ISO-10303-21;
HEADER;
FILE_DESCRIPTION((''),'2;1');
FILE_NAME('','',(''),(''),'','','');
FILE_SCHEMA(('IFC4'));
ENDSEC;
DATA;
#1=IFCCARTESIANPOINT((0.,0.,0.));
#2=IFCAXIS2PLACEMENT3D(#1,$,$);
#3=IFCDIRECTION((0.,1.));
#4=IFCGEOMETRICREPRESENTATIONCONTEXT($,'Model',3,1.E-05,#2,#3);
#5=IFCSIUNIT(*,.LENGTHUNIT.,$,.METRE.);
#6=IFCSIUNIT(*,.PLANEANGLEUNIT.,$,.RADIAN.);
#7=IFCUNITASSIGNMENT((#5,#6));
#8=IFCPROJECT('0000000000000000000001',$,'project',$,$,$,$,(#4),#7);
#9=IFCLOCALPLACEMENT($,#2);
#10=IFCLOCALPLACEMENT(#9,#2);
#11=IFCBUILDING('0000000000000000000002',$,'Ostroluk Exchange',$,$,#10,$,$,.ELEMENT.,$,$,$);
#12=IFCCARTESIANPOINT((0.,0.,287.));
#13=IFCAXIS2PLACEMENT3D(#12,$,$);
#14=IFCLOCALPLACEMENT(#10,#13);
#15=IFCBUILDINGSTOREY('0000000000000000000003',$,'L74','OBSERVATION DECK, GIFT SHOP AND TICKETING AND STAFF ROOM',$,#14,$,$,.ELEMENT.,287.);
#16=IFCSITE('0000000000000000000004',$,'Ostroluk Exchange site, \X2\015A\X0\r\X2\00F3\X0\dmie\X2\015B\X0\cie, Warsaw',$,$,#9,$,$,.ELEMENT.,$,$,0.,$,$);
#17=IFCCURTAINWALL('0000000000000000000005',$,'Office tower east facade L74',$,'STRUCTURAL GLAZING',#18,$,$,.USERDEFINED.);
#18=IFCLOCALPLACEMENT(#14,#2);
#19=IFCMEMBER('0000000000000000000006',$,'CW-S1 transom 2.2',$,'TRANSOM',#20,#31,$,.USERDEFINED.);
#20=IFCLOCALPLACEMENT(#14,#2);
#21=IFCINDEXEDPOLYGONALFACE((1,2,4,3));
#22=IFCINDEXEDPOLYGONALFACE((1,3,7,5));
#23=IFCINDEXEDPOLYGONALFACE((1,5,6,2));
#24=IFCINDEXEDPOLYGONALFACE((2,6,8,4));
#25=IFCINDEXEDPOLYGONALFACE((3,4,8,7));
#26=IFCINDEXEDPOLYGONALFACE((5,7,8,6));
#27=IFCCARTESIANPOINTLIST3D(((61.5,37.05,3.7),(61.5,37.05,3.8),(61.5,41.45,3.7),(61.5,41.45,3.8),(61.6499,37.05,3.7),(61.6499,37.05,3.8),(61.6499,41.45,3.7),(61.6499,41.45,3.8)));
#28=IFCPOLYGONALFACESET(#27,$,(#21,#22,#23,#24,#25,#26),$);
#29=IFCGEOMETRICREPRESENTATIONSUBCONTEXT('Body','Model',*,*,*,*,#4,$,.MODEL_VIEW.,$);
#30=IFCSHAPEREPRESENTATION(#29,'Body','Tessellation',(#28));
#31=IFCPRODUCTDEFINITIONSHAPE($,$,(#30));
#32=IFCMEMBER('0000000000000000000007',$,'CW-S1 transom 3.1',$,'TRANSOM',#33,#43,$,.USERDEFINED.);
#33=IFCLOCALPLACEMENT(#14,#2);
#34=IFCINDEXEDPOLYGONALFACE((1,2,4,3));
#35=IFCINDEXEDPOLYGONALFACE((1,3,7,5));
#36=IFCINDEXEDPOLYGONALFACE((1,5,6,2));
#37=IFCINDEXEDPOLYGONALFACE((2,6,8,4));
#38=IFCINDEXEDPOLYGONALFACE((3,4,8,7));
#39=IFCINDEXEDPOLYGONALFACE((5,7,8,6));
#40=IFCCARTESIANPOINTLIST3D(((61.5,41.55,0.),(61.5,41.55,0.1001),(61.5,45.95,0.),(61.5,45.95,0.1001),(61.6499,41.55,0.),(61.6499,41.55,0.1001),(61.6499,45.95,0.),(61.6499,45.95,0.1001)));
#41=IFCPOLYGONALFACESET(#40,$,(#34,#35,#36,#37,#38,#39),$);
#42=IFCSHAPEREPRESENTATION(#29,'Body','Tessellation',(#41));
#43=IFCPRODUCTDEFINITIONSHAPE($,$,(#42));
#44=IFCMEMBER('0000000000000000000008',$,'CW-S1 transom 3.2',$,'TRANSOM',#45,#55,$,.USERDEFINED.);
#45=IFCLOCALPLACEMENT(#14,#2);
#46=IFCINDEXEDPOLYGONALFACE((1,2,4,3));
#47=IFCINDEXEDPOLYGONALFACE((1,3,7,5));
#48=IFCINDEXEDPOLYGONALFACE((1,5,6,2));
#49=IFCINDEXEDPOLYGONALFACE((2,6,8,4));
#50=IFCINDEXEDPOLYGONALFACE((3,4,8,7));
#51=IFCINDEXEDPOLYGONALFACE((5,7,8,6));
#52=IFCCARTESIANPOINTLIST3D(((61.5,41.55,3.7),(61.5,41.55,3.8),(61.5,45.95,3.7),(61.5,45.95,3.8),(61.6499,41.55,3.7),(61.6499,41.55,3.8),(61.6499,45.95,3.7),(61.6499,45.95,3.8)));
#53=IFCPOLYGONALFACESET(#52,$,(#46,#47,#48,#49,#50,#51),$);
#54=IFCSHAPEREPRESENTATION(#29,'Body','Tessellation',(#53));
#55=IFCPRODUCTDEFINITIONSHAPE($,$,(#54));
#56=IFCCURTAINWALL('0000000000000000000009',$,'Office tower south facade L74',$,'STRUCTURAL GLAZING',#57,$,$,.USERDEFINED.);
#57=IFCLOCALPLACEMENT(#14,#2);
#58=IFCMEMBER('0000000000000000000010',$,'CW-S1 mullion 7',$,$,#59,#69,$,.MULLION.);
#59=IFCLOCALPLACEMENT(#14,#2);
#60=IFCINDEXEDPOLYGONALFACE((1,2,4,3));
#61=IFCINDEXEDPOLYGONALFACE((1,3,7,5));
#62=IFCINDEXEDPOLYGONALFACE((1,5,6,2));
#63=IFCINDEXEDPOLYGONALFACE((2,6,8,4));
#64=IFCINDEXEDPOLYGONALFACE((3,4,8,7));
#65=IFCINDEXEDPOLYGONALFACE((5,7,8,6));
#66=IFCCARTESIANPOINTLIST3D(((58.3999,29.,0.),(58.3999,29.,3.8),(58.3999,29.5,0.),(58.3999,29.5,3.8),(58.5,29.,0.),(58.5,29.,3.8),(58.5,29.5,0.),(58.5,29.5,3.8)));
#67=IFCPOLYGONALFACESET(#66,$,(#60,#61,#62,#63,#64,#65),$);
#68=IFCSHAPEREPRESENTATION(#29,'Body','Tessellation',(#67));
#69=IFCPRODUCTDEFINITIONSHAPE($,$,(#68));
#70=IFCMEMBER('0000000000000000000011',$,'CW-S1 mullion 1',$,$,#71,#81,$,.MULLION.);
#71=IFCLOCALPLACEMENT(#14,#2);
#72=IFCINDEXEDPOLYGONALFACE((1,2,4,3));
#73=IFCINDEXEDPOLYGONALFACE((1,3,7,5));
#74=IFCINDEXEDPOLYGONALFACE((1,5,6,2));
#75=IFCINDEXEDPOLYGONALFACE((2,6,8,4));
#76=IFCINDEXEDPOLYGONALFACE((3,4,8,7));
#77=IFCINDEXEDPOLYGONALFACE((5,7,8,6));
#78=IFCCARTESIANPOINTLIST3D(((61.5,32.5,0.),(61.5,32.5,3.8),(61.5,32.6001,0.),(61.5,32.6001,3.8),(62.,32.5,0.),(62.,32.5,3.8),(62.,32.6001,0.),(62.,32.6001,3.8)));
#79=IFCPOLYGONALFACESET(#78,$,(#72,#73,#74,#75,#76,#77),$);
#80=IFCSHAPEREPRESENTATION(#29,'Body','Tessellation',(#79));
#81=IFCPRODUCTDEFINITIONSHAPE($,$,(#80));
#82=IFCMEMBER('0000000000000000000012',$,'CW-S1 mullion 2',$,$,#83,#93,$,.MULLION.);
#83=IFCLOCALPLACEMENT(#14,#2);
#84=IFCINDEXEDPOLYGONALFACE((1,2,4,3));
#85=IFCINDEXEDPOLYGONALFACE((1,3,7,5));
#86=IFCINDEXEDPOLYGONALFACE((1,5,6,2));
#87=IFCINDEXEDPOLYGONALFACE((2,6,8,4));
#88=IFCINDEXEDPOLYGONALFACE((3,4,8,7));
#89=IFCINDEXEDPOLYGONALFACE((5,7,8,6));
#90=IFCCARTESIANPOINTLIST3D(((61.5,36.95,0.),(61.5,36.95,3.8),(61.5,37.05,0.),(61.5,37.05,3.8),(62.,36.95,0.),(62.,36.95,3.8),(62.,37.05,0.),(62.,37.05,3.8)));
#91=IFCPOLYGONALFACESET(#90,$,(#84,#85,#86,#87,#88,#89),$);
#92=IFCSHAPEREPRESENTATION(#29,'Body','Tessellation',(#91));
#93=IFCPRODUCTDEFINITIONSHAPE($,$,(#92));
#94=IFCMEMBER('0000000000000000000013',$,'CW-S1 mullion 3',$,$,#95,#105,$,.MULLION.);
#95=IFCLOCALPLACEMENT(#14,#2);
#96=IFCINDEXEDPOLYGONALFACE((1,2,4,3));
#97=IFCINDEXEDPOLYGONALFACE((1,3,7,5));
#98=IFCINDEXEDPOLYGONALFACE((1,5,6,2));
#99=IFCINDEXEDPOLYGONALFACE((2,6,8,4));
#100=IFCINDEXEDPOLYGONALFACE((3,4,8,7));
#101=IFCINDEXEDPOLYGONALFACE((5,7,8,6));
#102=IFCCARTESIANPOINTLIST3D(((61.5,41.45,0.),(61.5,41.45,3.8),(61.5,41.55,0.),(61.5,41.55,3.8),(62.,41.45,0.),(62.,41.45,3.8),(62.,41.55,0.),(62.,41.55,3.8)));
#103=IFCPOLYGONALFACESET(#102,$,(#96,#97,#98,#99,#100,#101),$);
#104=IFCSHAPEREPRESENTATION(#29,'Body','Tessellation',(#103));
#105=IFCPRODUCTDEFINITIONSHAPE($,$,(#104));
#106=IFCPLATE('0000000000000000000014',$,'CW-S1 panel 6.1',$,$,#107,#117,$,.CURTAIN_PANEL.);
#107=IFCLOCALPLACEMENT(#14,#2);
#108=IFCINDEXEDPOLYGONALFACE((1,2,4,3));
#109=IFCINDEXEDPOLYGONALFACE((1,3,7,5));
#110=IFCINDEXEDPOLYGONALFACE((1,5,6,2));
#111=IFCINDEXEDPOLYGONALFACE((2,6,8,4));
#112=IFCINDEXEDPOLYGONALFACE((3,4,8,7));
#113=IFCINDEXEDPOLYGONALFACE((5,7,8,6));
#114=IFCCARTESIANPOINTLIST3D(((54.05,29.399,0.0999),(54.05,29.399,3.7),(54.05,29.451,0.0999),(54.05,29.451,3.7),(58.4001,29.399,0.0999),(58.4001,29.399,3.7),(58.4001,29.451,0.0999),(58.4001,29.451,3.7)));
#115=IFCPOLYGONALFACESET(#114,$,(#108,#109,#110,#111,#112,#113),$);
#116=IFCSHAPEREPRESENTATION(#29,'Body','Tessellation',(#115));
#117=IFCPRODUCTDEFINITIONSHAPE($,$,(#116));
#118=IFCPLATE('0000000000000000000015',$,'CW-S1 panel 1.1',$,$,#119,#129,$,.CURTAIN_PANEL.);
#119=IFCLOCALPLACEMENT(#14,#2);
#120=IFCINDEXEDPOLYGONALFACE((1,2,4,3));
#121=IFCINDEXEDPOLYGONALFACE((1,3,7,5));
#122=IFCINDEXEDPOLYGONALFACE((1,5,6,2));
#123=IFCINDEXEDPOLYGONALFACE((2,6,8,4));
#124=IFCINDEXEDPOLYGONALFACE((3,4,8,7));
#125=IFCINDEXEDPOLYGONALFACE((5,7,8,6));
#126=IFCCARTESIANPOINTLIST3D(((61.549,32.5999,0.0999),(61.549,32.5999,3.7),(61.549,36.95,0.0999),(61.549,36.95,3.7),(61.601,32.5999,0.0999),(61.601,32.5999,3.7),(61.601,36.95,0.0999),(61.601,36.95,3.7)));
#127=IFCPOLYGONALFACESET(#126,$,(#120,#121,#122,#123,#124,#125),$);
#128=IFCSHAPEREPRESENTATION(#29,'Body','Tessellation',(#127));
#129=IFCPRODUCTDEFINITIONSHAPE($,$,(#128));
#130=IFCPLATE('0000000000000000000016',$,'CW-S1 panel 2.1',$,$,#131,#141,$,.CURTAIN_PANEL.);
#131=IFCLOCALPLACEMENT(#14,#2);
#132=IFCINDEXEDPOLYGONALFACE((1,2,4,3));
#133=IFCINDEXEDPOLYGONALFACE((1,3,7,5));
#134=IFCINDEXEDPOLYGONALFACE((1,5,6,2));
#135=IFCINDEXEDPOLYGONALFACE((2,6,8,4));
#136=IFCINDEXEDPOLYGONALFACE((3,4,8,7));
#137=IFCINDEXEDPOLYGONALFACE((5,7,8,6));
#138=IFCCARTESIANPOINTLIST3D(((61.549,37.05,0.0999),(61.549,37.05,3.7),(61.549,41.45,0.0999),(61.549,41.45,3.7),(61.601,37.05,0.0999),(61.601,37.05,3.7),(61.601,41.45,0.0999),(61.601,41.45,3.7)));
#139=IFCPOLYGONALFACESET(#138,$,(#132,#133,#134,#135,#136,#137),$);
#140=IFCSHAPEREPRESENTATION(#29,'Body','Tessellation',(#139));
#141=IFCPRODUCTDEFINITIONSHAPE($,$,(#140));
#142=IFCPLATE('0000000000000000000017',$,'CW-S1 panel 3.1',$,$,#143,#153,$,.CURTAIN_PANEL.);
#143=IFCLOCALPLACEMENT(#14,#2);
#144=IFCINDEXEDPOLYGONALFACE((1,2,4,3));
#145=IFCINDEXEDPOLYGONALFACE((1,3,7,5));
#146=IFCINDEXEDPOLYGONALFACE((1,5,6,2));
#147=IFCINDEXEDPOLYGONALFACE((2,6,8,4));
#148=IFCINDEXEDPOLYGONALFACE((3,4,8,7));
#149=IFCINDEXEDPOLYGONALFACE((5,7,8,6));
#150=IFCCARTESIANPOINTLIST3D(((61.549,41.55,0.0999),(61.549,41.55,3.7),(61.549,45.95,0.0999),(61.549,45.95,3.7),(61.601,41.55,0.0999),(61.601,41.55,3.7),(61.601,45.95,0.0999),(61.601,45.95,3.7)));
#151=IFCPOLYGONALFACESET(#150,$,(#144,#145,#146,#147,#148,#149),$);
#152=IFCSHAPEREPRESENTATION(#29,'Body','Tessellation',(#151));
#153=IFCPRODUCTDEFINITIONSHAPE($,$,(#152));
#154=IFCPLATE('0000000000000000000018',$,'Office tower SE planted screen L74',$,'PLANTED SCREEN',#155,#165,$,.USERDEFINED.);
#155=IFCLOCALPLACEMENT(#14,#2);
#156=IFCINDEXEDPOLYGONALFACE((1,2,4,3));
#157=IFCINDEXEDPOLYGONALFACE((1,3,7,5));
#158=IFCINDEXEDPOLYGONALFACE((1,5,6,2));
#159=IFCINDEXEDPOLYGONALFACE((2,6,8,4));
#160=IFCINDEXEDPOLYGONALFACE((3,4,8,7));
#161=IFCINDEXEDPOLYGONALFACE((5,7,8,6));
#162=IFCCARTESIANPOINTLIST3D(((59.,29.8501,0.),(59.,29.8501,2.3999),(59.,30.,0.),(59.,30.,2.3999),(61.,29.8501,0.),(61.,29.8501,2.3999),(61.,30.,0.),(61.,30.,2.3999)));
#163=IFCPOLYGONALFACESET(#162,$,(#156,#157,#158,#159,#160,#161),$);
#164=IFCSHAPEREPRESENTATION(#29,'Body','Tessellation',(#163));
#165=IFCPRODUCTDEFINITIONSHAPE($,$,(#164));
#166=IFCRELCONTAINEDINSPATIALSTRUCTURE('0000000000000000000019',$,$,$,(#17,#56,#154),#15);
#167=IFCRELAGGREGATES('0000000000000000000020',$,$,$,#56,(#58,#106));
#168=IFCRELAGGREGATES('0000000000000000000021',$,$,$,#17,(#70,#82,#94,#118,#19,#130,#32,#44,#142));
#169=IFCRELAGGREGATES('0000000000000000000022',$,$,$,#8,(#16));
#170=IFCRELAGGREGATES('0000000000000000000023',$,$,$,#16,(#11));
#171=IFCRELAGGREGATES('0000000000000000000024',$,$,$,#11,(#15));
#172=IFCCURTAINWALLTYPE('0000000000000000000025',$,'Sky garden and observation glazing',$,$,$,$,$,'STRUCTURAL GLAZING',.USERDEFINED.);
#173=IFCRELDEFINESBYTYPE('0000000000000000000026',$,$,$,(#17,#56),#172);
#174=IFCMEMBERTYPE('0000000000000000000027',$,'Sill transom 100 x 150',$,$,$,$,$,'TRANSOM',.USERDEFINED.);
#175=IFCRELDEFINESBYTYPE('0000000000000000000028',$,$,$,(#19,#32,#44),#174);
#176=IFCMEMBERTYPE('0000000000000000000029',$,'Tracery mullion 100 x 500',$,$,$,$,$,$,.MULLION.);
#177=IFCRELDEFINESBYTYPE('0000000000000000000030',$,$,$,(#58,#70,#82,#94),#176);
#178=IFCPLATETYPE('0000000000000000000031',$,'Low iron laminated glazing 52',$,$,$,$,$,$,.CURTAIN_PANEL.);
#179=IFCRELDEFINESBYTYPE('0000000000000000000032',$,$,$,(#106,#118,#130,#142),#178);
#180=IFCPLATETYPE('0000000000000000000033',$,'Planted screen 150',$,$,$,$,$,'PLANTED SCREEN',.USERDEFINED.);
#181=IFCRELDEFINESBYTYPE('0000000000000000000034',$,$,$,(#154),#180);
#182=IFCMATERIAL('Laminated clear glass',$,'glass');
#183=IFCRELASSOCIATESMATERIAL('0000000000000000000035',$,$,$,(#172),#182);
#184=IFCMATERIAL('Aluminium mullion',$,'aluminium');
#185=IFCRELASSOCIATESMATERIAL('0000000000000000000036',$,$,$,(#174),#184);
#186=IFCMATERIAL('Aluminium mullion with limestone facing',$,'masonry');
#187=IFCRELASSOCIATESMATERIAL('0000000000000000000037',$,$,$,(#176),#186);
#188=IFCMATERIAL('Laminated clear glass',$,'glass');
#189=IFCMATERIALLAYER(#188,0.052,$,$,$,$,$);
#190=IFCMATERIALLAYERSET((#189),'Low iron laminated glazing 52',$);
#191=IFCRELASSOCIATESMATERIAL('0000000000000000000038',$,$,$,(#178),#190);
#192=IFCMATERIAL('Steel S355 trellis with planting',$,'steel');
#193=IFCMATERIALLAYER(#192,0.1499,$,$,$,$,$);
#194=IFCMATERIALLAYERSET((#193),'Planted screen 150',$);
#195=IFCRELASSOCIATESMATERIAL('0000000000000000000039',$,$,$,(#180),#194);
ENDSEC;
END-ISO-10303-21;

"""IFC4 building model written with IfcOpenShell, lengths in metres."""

from ifc_helpers import new_model, si_unit, direction, frame, origin, origin_2d, place, context, subcontext, project, spatial, rectangle, extrude, material, layer, layer_set, material_profile, profile_set, type_object, element, aggregate, save


model = new_model("IFC4")

# Units and contexts
model_context = context("Model", 3, precision=1e-05, world=origin(), true_north=direction((0.0, 1.0)))
body_context = subcontext(model_context, "Body", "Model", "MODEL_VIEW")
ifc_project = project(units=[si_unit("LENGTHUNIT", "METRE"), si_unit("PLANEANGLEUNIT", "RADIAN")], contexts=[model_context])

# Site, building, storey
site_placement = place(None, origin())
site = spatial("IfcSite", under=ifc_project, at=site_placement, Name="Ostroluk Exchange site, Śródmieście, Warsaw", CompositionType="ELEMENT", RefElevation=0.0)
building_placement = place(site_placement, origin())
building = spatial("IfcBuilding", under=site, at=building_placement, Name="Ostroluk Exchange", CompositionType="ELEMENT")
storey_placement = place(building_placement, frame((0.0, 0.0, 287.0)))
storey = spatial("IfcBuildingStorey", under=building, at=storey_placement, Name="L74", Description="OBSERVATION DECK, GIFT SHOP AND TICKETING AND STAFF ROOM", CompositionType="ELEMENT", Elevation=287.0)

# Curtain wall, members
ifc_material_1 = material(Name="Laminated clear glass", Category="glass")
curtain_wall_type = type_object("IfcCurtainWallType", Name="Sky garden and observation glazing", ElementType="STRUCTURAL GLAZING", PredefinedType="USERDEFINED", material=ifc_material_1)
curtain_wall_1_placement = place(storey_placement, origin())
curtain_wall_1 = element("IfcCurtainWall", 1, at=curtain_wall_1_placement, inside=storey, type_object=curtain_wall_type, Name="Office tower east facade L74", ObjectType="STRUCTURAL GLAZING", PredefinedType="USERDEFINED")
ifc_material_2 = material(Name="Aluminium mullion", Category="aluminium")
ifc_material_profile_1 = material_profile(ifc_material_2, rectangle(XDim=0.1499, YDim=0.1001, at=origin_2d()), Name="Sill transom 100 x 150")
ifc_profile_set_1 = profile_set([ifc_material_profile_1], Name="Aluminium mullion")
member_type_1 = type_object("IfcMemberType", Name="Sill transom 100 x 150", ElementType="TRANSOM", PredefinedType="USERDEFINED", material=ifc_profile_set_1)
member_1_placement = place(storey_placement, frame((61.575, 37.05, 3.75), z_axis=(0.0, 1.0, 0.0), x_axis=(-1.0, 0.0, 0.0)))
member_1 = element("IfcMember", 2, at=member_1_placement, type_object=member_type_1, Name="CW-S1 transom 2.2", ObjectType="TRANSOM", PredefinedType="USERDEFINED", context=body_context, shape_type="SweptSolid", body=[
    extrude(rectangle(XDim=0.1499, YDim=0.1001, at=origin_2d()), origin(), (0.0, 0.0, 1.0), 4.3999),
])
member_2_placement = place(storey_placement, frame((61.575, 41.55, 0.05), z_axis=(0.0, 1.0, 0.0), x_axis=(-1.0, 0.0, 0.0)))
member_2 = element("IfcMember", 3, at=member_2_placement, type_object=member_type_1, Name="CW-S1 transom 3.1", ObjectType="TRANSOM", PredefinedType="USERDEFINED", context=body_context, shape_type="SweptSolid", body=[
    extrude(rectangle(XDim=0.1499, YDim=0.1001, at=origin_2d()), origin(), (0.0, 0.0, 1.0), 4.3999),
])
member_3_placement = place(storey_placement, frame((61.575, 41.55, 3.75), z_axis=(0.0, 1.0, 0.0), x_axis=(-1.0, 0.0, 0.0)))
member_3 = element("IfcMember", 4, at=member_3_placement, type_object=member_type_1, Name="CW-S1 transom 3.2", ObjectType="TRANSOM", PredefinedType="USERDEFINED", context=body_context, shape_type="SweptSolid", body=[
    extrude(rectangle(XDim=0.1499, YDim=0.1001, at=origin_2d()), origin(), (0.0, 0.0, 1.0), 4.3999),
])

# Curtain wall, member
curtain_wall_2_placement = place(storey_placement, origin())
curtain_wall_2 = element("IfcCurtainWall", 5, at=curtain_wall_2_placement, inside=storey, type_object=curtain_wall_type, Name="Office tower south facade L74", ObjectType="STRUCTURAL GLAZING", PredefinedType="USERDEFINED")
ifc_material_3 = material(Name="Aluminium mullion with limestone facing", Category="masonry")
ifc_material_profile_2 = material_profile(ifc_material_3, rectangle(XDim=0.5, YDim=0.1001, at=origin_2d()), Name="Tracery mullion 100 x 500")
ifc_profile_set_2 = profile_set([ifc_material_profile_2], Name="Aluminium mullion with limestone facing")
member_type_2 = type_object("IfcMemberType", Name="Tracery mullion 100 x 500", PredefinedType="MULLION", material=ifc_profile_set_2)
member_4_placement = place(storey_placement, frame((58.45, 29.25, 0.0), z_axis=(0.0, 0.0, 1.0), x_axis=(0.0, 1.0, 0.0)))
member_4 = element("IfcMember", 6, at=member_4_placement, type_object=member_type_2, Name="CW-S1 mullion 7", PredefinedType="MULLION", context=body_context, shape_type="SweptSolid", body=[
    extrude(rectangle(XDim=0.5, YDim=0.1001, at=origin_2d()), origin(), (0.0, 0.0, 1.0), 3.8),
])

# Members
member_5_placement = place(storey_placement, frame((61.75, 32.55, 0.0), z_axis=(0.0, 0.0, 1.0), x_axis=(-1.0, 0.0, 0.0)))
member_5 = element("IfcMember", 7, at=member_5_placement, type_object=member_type_2, Name="CW-S1 mullion 1", PredefinedType="MULLION", context=body_context, shape_type="SweptSolid", body=[
    extrude(rectangle(XDim=0.5, YDim=0.1001, at=origin_2d()), origin(), (0.0, 0.0, 1.0), 3.8),
])
member_6_placement = place(storey_placement, frame((61.75, 37.0, 0.0), z_axis=(0.0, 0.0, 1.0), x_axis=(-1.0, 0.0, 0.0)))
member_6 = element("IfcMember", 8, at=member_6_placement, type_object=member_type_2, Name="CW-S1 mullion 2", PredefinedType="MULLION", context=body_context, shape_type="SweptSolid", body=[
    extrude(rectangle(XDim=0.5, YDim=0.1001, at=origin_2d()), origin(), (0.0, 0.0, 1.0), 3.8),
])
member_7_placement = place(storey_placement, frame((61.75, 41.5, 0.0), z_axis=(0.0, 0.0, 1.0), x_axis=(-1.0, 0.0, 0.0)))
member_7 = element("IfcMember", 9, at=member_7_placement, type_object=member_type_2, Name="CW-S1 mullion 3", PredefinedType="MULLION", context=body_context, shape_type="SweptSolid", body=[
    extrude(rectangle(XDim=0.5, YDim=0.1001, at=origin_2d()), origin(), (0.0, 0.0, 1.0), 3.8),
])

# Plates
ifc_material_4 = material(Name="Laminated clear glass", Category="glass")
ifc_layer_1 = layer(ifc_material_4, 0.052)
ifc_layer_set_1 = layer_set([ifc_layer_1], Name="Low iron laminated glazing 52")
plate_type_1 = type_object("IfcPlateType", Name="Low iron laminated glazing 52", PredefinedType="CURTAIN_PANEL", material=ifc_layer_set_1)
plate_1_placement = place(storey_placement, frame((56.2251, 29.425, 0.0999), z_axis=(0.0, 0.0, 1.0), x_axis=(1.0, 0.0, 0.0)))
plate_1 = element("IfcPlate", 10, at=plate_1_placement, type_object=plate_type_1, Name="CW-S1 panel 6.1", PredefinedType="CURTAIN_PANEL", context=body_context, shape_type="SweptSolid", body=[
    extrude(rectangle(XDim=4.3501, YDim=0.052, at=origin_2d()), origin(), (0.0, 0.0, 1.0), 3.6001),
])
aggregate(curtain_wall_2, [member_4, plate_1])
plate_2_placement = place(storey_placement, frame((61.575, 34.7749, 0.0999), z_axis=(0.0, 0.0, 1.0), x_axis=(0.0, 1.0, 0.0)))
plate_2 = element("IfcPlate", 11, at=plate_2_placement, type_object=plate_type_1, Name="CW-S1 panel 1.1", PredefinedType="CURTAIN_PANEL", context=body_context, shape_type="SweptSolid", body=[
    extrude(rectangle(XDim=4.3501, YDim=0.052, at=origin_2d()), origin(), (0.0, 0.0, 1.0), 3.6001),
])
plate_3_placement = place(storey_placement, frame((61.575, 39.25, 0.0999), z_axis=(0.0, 0.0, 1.0), x_axis=(0.0, 1.0, 0.0)))
plate_3 = element("IfcPlate", 12, at=plate_3_placement, type_object=plate_type_1, Name="CW-S1 panel 2.1", PredefinedType="CURTAIN_PANEL", context=body_context, shape_type="SweptSolid", body=[
    extrude(rectangle(XDim=4.3999, YDim=0.052, at=origin_2d()), origin(), (0.0, 0.0, 1.0), 3.6001),
])
plate_4_placement = place(storey_placement, frame((61.575, 43.75, 0.0999), z_axis=(0.0, 0.0, 1.0), x_axis=(0.0, 1.0, 0.0)))
plate_4 = element("IfcPlate", 13, at=plate_4_placement, type_object=plate_type_1, Name="CW-S1 panel 3.1", PredefinedType="CURTAIN_PANEL", context=body_context, shape_type="SweptSolid", body=[
    extrude(rectangle(XDim=4.3999, YDim=0.052, at=origin_2d()), origin(), (0.0, 0.0, 1.0), 3.6001),
])
aggregate(curtain_wall_1, [member_5, member_6, member_7, plate_2, member_1, plate_3, member_2, member_3, plate_4])
ifc_material_5 = material(Name="Steel S355 trellis with planting", Category="steel")
ifc_layer_2 = layer(ifc_material_5, 0.1499)
ifc_layer_set_2 = layer_set([ifc_layer_2], Name="Planted screen 150")
plate_type_2 = type_object("IfcPlateType", Name="Planted screen 150", ElementType="PLANTED SCREEN", PredefinedType="USERDEFINED", material=ifc_layer_set_2)
plate_5_placement = place(storey_placement, frame((60.0, 29.925, 0.0), z_axis=(0.0, 0.0, 1.0), x_axis=(1.0, 0.0, 0.0)))
element("IfcPlate", 14, at=plate_5_placement, inside=storey, type_object=plate_type_2, Name="Office tower SE planted screen L74", ObjectType="PLANTED SCREEN", PredefinedType="USERDEFINED", context=body_context, shape_type="SweptSolid", body=[
    extrude(rectangle(XDim=2.0, YDim=0.1499, at=origin_2d()), origin(), (0.0, 0.0, 1.0), 2.3999),
])

save(model, "model.ifc")
